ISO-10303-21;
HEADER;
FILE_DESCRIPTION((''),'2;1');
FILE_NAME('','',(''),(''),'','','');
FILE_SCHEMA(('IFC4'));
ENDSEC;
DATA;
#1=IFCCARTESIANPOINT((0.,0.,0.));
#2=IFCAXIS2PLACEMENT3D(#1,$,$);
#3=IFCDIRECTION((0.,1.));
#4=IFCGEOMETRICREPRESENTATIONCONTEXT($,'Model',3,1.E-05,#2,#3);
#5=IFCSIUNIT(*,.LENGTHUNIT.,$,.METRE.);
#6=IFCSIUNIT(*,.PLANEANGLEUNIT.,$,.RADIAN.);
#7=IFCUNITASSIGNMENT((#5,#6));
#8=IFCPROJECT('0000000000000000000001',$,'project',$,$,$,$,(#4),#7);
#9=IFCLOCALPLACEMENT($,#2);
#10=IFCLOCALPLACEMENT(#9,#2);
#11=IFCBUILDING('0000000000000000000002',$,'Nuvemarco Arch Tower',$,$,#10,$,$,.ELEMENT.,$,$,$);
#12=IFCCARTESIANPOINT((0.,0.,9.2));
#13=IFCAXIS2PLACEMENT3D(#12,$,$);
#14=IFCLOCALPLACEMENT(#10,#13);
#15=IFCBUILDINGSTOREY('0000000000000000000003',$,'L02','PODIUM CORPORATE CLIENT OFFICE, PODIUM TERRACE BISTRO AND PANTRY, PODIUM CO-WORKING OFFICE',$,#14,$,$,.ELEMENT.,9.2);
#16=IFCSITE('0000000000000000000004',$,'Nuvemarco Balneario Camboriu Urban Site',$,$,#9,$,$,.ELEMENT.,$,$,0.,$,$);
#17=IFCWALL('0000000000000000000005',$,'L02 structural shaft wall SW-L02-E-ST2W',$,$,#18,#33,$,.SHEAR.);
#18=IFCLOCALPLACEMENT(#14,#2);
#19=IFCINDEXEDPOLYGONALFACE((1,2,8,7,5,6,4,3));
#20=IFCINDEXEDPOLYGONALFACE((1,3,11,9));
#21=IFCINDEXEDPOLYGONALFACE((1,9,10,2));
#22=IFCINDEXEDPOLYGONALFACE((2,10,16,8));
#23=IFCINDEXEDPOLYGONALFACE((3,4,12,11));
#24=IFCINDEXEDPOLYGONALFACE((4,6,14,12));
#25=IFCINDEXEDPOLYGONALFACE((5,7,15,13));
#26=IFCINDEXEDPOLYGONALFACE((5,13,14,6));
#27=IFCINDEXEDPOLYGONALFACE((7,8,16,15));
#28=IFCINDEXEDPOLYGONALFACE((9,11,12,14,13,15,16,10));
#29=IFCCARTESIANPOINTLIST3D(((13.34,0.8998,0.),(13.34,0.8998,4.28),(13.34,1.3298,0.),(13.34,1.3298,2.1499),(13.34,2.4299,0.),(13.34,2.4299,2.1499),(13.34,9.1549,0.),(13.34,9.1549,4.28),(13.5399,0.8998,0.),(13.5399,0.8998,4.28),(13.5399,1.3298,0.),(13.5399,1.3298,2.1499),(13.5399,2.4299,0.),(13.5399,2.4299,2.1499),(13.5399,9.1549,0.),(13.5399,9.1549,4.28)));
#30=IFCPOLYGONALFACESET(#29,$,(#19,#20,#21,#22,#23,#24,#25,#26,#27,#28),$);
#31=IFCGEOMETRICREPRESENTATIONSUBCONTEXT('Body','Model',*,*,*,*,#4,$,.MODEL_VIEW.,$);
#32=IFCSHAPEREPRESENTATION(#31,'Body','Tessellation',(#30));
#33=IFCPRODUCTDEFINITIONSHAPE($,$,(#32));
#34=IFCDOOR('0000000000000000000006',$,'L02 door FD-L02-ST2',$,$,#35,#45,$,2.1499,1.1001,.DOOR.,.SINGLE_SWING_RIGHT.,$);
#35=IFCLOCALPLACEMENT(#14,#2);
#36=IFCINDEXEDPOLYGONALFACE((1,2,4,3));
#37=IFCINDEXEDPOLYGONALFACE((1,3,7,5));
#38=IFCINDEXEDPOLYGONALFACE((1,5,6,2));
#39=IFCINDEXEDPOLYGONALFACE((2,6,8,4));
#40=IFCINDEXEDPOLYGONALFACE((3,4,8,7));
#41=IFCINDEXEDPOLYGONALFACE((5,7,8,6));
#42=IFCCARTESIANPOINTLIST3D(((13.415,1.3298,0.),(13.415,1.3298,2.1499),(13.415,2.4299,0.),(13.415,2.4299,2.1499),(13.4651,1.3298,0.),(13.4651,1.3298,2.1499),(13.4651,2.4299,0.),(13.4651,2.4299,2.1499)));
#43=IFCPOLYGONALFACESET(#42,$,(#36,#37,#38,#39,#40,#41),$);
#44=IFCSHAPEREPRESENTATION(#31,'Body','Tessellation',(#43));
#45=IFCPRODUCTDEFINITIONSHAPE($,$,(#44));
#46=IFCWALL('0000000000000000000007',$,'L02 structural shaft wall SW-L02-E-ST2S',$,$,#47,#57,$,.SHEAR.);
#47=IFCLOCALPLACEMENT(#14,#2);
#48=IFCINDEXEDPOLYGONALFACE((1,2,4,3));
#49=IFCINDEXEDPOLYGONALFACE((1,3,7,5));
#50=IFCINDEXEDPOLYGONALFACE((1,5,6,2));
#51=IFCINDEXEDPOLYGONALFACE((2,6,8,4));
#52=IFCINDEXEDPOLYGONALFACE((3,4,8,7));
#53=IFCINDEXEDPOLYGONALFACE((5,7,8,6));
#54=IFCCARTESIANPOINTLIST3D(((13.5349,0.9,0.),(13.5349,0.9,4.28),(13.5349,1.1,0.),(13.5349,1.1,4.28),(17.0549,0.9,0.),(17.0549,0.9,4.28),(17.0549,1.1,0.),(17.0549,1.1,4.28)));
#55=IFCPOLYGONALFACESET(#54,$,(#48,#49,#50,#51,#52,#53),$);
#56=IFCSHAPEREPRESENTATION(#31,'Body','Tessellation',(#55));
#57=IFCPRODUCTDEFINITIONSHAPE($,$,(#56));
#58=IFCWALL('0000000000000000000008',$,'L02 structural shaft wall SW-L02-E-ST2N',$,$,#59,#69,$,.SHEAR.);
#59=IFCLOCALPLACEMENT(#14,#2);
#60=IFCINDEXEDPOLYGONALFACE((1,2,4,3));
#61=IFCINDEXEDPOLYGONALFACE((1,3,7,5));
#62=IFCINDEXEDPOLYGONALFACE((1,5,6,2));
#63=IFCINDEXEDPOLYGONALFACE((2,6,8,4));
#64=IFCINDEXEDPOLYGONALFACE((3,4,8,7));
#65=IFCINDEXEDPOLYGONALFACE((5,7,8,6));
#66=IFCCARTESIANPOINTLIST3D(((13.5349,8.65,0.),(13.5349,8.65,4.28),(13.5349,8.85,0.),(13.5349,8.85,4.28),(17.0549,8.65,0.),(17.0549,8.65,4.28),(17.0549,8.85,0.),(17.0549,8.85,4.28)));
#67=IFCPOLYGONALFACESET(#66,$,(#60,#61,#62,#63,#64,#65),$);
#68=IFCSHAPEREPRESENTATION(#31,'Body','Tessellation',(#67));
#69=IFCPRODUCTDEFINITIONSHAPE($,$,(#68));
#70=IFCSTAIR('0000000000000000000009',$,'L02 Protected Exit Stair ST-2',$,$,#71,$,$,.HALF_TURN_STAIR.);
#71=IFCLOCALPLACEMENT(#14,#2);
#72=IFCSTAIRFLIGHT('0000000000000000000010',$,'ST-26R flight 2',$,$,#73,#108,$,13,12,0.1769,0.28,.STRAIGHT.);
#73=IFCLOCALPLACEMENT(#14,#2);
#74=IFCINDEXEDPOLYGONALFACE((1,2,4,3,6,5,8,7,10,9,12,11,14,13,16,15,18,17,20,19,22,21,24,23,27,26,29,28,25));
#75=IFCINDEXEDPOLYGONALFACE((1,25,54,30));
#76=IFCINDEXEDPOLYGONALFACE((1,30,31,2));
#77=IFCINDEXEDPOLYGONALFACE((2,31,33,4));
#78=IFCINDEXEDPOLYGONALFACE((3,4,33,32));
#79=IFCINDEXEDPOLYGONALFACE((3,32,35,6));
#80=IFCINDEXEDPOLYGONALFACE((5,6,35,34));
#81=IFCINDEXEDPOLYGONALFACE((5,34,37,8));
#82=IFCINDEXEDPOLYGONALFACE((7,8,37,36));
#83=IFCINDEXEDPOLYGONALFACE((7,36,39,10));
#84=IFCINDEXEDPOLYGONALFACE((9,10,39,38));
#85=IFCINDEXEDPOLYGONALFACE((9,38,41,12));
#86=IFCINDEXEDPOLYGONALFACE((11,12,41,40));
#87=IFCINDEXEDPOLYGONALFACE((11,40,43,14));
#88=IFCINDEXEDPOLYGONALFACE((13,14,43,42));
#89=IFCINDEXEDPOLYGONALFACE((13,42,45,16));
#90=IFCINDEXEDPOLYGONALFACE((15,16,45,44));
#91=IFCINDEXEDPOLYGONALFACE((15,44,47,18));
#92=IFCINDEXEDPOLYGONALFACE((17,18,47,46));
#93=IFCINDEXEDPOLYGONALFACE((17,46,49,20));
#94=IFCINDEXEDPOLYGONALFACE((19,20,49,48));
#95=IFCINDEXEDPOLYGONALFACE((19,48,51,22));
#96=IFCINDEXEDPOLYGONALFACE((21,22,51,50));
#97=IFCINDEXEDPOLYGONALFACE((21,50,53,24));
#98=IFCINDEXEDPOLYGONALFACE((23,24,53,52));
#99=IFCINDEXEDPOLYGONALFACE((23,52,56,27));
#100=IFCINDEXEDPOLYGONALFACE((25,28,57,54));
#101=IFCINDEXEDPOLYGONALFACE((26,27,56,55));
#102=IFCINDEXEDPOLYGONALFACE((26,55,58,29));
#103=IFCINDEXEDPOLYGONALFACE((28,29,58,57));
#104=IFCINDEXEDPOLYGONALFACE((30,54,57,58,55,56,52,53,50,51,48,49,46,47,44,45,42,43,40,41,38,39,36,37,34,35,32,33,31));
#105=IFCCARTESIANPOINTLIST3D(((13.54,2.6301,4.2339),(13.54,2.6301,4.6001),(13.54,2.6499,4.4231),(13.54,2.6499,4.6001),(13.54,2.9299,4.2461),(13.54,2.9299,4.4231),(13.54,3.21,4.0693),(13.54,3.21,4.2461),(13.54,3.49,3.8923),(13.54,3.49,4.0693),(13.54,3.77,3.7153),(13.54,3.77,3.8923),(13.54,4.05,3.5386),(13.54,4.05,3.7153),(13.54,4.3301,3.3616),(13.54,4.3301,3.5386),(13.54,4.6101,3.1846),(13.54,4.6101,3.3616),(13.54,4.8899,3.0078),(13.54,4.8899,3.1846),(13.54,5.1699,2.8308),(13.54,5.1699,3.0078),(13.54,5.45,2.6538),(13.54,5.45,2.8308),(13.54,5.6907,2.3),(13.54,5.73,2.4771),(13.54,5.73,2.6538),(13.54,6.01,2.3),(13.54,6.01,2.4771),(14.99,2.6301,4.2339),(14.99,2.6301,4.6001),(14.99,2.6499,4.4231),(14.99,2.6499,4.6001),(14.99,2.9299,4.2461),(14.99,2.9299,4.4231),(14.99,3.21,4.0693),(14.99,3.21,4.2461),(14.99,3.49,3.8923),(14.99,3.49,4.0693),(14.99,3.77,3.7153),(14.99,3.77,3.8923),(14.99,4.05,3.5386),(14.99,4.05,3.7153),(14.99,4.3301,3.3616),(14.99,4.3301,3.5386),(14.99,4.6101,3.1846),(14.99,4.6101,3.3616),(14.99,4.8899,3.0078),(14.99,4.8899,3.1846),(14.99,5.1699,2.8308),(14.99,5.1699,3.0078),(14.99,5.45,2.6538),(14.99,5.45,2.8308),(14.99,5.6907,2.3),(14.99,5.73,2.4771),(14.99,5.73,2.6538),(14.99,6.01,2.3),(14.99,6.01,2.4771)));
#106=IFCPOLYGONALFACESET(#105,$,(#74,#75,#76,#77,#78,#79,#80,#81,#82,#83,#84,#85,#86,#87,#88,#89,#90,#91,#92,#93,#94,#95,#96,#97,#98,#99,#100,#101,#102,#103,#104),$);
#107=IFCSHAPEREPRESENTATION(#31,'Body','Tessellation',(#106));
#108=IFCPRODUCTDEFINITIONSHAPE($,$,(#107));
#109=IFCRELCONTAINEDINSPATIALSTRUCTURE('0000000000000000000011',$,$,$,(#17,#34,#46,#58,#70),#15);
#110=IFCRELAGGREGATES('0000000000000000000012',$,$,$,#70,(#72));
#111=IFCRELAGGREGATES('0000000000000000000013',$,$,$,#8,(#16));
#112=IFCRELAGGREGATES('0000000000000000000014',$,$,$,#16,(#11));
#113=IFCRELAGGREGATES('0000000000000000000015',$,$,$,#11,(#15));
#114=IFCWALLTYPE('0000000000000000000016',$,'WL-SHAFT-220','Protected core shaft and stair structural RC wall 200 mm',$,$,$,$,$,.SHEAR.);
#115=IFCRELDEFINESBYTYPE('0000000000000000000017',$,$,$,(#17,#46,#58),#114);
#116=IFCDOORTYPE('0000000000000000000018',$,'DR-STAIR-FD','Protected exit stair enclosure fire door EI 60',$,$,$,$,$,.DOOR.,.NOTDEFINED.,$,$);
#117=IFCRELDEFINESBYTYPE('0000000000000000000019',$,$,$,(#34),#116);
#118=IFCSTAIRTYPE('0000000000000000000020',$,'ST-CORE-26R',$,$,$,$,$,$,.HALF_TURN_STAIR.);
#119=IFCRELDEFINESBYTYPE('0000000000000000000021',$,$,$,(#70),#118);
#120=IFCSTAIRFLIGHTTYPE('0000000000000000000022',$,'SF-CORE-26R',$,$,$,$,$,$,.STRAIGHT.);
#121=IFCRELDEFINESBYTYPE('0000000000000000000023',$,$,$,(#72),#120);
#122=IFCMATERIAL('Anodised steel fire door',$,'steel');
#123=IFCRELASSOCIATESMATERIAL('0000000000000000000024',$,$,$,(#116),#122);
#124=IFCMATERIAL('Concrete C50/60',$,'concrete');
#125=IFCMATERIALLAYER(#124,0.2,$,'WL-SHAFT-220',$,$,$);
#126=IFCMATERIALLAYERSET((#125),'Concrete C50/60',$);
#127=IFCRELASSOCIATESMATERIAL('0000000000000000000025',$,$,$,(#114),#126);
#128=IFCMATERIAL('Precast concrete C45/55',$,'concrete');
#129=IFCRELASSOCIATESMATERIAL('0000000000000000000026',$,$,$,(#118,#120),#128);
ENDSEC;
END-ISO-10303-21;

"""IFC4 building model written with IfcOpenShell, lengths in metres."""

from ifc_helpers import new_model, si_unit, direction, frame, frame_2d, origin, place, context, subcontext, project, spatial, polyline, rectangle, outline, extrude, source, transform, mapped, material, layer, layer_set, type_object, type_shapes, element, fill, aggregate, save


model = new_model("IFC4")

# Units and contexts
model_context = context("Model", 3, precision=1e-05, world=origin(), true_north=direction((0.0, 1.0)))
body_context = subcontext(model_context, "Body", "Model", "MODEL_VIEW")
ifc_project = project(units=[si_unit("LENGTHUNIT", "METRE"), si_unit("PLANEANGLEUNIT", "RADIAN")], contexts=[model_context])

# Site, building, storey
site_placement = place(None, origin())
site = spatial("IfcSite", under=ifc_project, at=site_placement, Name="Nuvemarco Balneario Camboriu Urban Site", CompositionType="ELEMENT", RefElevation=0.0)
building_placement = place(site_placement, origin())
building = spatial("IfcBuilding", under=site, at=building_placement, Name="Nuvemarco Arch Tower", CompositionType="ELEMENT")
storey_placement = place(building_placement, frame((0.0, 0.0, 9.2)))
storey = spatial("IfcBuildingStorey", under=building, at=storey_placement, Name="L02", Description="PODIUM CORPORATE CLIENT OFFICE, PODIUM TERRACE BISTRO AND PANTRY, PODIUM CO-WORKING OFFICE", CompositionType="ELEMENT", Elevation=9.2)

# Shared definitions
ifc_material_1 = material(Name="Anodised steel fire door", Category="steel")
door_type_1 = type_object("IfcDoorType", Name="DR-STAIR-FD", Description="Protected exit stair enclosure fire door EI 60", OperationType="NOTDEFINED", PredefinedType="DOOR", material=ifc_material_1)
shared_shape_1 = source(origin(), body_context, "Body", "SweptSolid", [
    extrude(rectangle(XDim=1.1001, YDim=2.1499, at=frame_2d((0.55, 1.075))), frame((0.0, 0.0249, 0.0), z_axis=(0.0, -1.0, 0.0), x_axis=(1.0, 0.0, 0.0)), (0.0, 0.0, 1.0), 0.05),
])
type_shapes(door_type_1, [shared_shape_1])

# Wall, opening, door
ifc_material_2 = material(Name="Concrete C50/60", Category="concrete")
ifc_layer_1 = layer(ifc_material_2, 0.2, Name="WL-SHAFT-220")
ifc_layer_set_1 = layer_set([ifc_layer_1], Name="Concrete C50/60")
wall_type_1 = type_object("IfcWallType", Name="WL-SHAFT-220", Description="Protected core shaft and stair structural RC wall 200 mm", PredefinedType="SHEAR", material=ifc_layer_set_1)
wall_1_placement = place(storey_placement, frame((13.4399, 0.8999, 0.0), z_axis=(0.0, 0.0, 1.0), x_axis=(0.0, 1.0, 0.0)))
wall_1 = element("IfcWall", 1, at=wall_1_placement, inside=storey, type_object=wall_type_1, Name="L02 structural shaft wall SW-L02-E-ST2W", PredefinedType="SHEAR", context=body_context, shape_type="SweptSolid", body=[
    extrude(rectangle(XDim=8.2551, YDim=0.2, at=frame_2d((4.1274, 0.0))), origin(), (0.0, 0.0, 1.0), 4.28),
])
opening_1_placement = place(wall_1_placement, frame((0.4299, 0.0, 0.0)))
opening_1 = element("IfcOpeningElement", 2, at=opening_1_placement, cuts=wall_1, PredefinedType="OPENING", context=body_context, shape_type="SweptSolid", body=[
    extrude(rectangle(XDim=1.1001, YDim=2.1499, at=frame_2d((0.55, 1.075))), frame((0.0, 0.1099, 0.0), z_axis=(0.0, -1.0, 0.0), x_axis=(1.0, 0.0, 0.0)), (0.0, 0.0, 1.0), 0.22),
])
door_1_placement = place(opening_1_placement, origin())
door_1 = element("IfcDoor", 3, at=door_1_placement, inside=storey, type_object=door_type_1, Name="L02 door FD-L02-ST2", OperationType="SINGLE_SWING_RIGHT", OverallHeight=2.1499, OverallWidth=1.1001, PredefinedType="DOOR", context=body_context, shape_type="MappedRepresentation", body=[
    mapped(shared_shape_1, transform((0.0, 0.0, 0.0), scale=1.0)),
])
fill(opening_1, door_1)

# Walls
for number, where, z_axis, x_axis, name in (
    (4, (13.5349, 1.0, 0.0), (0.0, 0.0, 1.0), (1.0, 0.0, 0.0), "L02 structural shaft wall SW-L02-E-ST2S"),
    (5, (13.5349, 8.75, 0.0), (0.0, 0.0, 1.0), (1.0, 0.0, 0.0), "L02 structural shaft wall SW-L02-E-ST2N"),
):
    element("IfcWall", number, at=place(storey_placement, frame(where, z_axis=z_axis, x_axis=x_axis)), inside=storey, type_object=wall_type_1, Name=name, PredefinedType="SHEAR", context=body_context, shape_type="SweptSolid", body=[
        extrude(rectangle(XDim=3.52, YDim=0.2, at=frame_2d((1.76, 0.0))), origin(), (0.0, 0.0, 1.0), 4.28),
    ])

# Stair, stair flight
ifc_material_3 = material(Name="Precast concrete C45/55", Category="concrete")
stair_type = type_object("IfcStairType", Name="ST-CORE-26R", PredefinedType="HALF_TURN_STAIR", material=ifc_material_3)
stair_placement = place(storey_placement, origin())
stair = element("IfcStair", 6, at=stair_placement, inside=storey, type_object=stair_type, Name="L02 Protected Exit Stair ST-2", PredefinedType="HALF_TURN_STAIR")
stair_flight_type = type_object("IfcStairFlightType", Name="SF-CORE-26R", PredefinedType="STRAIGHT", material=ifc_material_3)
stair_flight_placement = place(storey_placement, frame((14.2649, 6.01, 2.3), z_axis=(0.0, 0.0, 1.0), x_axis=(0.0, -1.0, 0.0)))
stair_flight = element("IfcStairFlight", 7, at=stair_flight_placement, type_object=stair_flight_type, Name="ST-26R flight 2", NumberOfRisers=13, NumberOfTreads=12, PredefinedType="STRAIGHT", RiserHeight=0.1769, TreadLength=0.28, context=body_context, shape_type="SweptSolid", body=[
    extrude(outline(polyline([(0.0, 0.0), (0.0, 0.177), (0.28, 0.177), (0.28, 0.3538), (0.5601, 0.3538), (0.5601, 0.5308), (0.8401, 0.5308), (0.8401, 0.7078), (1.1201, 0.7078), (1.1201, 0.8845), (1.3999, 0.8845), (1.3999, 1.0615), (1.6799, 1.0615), (1.6799, 1.2385), (1.96, 1.2385), (1.96, 1.4153), (2.24, 1.4153), (2.24, 1.5923), (2.52, 1.5923), (2.52, 1.7693), (2.8, 1.7693), (2.8, 1.946), (3.0801, 1.946), (3.0801, 2.123), (3.3601, 2.123), (3.3601, 2.3), (3.3799, 2.3), (3.3799, 1.9338), (0.3193, 0.0), (0.0, 0.0)])), frame((0.0, 0.7251, 0.0), z_axis=(0.0, -1.0, 0.0), x_axis=(1.0, 0.0, 0.0)), (0.0, 0.0, 1.0), 1.45),
])
aggregate(stair, [stair_flight])

save(model, "model.ifc")
